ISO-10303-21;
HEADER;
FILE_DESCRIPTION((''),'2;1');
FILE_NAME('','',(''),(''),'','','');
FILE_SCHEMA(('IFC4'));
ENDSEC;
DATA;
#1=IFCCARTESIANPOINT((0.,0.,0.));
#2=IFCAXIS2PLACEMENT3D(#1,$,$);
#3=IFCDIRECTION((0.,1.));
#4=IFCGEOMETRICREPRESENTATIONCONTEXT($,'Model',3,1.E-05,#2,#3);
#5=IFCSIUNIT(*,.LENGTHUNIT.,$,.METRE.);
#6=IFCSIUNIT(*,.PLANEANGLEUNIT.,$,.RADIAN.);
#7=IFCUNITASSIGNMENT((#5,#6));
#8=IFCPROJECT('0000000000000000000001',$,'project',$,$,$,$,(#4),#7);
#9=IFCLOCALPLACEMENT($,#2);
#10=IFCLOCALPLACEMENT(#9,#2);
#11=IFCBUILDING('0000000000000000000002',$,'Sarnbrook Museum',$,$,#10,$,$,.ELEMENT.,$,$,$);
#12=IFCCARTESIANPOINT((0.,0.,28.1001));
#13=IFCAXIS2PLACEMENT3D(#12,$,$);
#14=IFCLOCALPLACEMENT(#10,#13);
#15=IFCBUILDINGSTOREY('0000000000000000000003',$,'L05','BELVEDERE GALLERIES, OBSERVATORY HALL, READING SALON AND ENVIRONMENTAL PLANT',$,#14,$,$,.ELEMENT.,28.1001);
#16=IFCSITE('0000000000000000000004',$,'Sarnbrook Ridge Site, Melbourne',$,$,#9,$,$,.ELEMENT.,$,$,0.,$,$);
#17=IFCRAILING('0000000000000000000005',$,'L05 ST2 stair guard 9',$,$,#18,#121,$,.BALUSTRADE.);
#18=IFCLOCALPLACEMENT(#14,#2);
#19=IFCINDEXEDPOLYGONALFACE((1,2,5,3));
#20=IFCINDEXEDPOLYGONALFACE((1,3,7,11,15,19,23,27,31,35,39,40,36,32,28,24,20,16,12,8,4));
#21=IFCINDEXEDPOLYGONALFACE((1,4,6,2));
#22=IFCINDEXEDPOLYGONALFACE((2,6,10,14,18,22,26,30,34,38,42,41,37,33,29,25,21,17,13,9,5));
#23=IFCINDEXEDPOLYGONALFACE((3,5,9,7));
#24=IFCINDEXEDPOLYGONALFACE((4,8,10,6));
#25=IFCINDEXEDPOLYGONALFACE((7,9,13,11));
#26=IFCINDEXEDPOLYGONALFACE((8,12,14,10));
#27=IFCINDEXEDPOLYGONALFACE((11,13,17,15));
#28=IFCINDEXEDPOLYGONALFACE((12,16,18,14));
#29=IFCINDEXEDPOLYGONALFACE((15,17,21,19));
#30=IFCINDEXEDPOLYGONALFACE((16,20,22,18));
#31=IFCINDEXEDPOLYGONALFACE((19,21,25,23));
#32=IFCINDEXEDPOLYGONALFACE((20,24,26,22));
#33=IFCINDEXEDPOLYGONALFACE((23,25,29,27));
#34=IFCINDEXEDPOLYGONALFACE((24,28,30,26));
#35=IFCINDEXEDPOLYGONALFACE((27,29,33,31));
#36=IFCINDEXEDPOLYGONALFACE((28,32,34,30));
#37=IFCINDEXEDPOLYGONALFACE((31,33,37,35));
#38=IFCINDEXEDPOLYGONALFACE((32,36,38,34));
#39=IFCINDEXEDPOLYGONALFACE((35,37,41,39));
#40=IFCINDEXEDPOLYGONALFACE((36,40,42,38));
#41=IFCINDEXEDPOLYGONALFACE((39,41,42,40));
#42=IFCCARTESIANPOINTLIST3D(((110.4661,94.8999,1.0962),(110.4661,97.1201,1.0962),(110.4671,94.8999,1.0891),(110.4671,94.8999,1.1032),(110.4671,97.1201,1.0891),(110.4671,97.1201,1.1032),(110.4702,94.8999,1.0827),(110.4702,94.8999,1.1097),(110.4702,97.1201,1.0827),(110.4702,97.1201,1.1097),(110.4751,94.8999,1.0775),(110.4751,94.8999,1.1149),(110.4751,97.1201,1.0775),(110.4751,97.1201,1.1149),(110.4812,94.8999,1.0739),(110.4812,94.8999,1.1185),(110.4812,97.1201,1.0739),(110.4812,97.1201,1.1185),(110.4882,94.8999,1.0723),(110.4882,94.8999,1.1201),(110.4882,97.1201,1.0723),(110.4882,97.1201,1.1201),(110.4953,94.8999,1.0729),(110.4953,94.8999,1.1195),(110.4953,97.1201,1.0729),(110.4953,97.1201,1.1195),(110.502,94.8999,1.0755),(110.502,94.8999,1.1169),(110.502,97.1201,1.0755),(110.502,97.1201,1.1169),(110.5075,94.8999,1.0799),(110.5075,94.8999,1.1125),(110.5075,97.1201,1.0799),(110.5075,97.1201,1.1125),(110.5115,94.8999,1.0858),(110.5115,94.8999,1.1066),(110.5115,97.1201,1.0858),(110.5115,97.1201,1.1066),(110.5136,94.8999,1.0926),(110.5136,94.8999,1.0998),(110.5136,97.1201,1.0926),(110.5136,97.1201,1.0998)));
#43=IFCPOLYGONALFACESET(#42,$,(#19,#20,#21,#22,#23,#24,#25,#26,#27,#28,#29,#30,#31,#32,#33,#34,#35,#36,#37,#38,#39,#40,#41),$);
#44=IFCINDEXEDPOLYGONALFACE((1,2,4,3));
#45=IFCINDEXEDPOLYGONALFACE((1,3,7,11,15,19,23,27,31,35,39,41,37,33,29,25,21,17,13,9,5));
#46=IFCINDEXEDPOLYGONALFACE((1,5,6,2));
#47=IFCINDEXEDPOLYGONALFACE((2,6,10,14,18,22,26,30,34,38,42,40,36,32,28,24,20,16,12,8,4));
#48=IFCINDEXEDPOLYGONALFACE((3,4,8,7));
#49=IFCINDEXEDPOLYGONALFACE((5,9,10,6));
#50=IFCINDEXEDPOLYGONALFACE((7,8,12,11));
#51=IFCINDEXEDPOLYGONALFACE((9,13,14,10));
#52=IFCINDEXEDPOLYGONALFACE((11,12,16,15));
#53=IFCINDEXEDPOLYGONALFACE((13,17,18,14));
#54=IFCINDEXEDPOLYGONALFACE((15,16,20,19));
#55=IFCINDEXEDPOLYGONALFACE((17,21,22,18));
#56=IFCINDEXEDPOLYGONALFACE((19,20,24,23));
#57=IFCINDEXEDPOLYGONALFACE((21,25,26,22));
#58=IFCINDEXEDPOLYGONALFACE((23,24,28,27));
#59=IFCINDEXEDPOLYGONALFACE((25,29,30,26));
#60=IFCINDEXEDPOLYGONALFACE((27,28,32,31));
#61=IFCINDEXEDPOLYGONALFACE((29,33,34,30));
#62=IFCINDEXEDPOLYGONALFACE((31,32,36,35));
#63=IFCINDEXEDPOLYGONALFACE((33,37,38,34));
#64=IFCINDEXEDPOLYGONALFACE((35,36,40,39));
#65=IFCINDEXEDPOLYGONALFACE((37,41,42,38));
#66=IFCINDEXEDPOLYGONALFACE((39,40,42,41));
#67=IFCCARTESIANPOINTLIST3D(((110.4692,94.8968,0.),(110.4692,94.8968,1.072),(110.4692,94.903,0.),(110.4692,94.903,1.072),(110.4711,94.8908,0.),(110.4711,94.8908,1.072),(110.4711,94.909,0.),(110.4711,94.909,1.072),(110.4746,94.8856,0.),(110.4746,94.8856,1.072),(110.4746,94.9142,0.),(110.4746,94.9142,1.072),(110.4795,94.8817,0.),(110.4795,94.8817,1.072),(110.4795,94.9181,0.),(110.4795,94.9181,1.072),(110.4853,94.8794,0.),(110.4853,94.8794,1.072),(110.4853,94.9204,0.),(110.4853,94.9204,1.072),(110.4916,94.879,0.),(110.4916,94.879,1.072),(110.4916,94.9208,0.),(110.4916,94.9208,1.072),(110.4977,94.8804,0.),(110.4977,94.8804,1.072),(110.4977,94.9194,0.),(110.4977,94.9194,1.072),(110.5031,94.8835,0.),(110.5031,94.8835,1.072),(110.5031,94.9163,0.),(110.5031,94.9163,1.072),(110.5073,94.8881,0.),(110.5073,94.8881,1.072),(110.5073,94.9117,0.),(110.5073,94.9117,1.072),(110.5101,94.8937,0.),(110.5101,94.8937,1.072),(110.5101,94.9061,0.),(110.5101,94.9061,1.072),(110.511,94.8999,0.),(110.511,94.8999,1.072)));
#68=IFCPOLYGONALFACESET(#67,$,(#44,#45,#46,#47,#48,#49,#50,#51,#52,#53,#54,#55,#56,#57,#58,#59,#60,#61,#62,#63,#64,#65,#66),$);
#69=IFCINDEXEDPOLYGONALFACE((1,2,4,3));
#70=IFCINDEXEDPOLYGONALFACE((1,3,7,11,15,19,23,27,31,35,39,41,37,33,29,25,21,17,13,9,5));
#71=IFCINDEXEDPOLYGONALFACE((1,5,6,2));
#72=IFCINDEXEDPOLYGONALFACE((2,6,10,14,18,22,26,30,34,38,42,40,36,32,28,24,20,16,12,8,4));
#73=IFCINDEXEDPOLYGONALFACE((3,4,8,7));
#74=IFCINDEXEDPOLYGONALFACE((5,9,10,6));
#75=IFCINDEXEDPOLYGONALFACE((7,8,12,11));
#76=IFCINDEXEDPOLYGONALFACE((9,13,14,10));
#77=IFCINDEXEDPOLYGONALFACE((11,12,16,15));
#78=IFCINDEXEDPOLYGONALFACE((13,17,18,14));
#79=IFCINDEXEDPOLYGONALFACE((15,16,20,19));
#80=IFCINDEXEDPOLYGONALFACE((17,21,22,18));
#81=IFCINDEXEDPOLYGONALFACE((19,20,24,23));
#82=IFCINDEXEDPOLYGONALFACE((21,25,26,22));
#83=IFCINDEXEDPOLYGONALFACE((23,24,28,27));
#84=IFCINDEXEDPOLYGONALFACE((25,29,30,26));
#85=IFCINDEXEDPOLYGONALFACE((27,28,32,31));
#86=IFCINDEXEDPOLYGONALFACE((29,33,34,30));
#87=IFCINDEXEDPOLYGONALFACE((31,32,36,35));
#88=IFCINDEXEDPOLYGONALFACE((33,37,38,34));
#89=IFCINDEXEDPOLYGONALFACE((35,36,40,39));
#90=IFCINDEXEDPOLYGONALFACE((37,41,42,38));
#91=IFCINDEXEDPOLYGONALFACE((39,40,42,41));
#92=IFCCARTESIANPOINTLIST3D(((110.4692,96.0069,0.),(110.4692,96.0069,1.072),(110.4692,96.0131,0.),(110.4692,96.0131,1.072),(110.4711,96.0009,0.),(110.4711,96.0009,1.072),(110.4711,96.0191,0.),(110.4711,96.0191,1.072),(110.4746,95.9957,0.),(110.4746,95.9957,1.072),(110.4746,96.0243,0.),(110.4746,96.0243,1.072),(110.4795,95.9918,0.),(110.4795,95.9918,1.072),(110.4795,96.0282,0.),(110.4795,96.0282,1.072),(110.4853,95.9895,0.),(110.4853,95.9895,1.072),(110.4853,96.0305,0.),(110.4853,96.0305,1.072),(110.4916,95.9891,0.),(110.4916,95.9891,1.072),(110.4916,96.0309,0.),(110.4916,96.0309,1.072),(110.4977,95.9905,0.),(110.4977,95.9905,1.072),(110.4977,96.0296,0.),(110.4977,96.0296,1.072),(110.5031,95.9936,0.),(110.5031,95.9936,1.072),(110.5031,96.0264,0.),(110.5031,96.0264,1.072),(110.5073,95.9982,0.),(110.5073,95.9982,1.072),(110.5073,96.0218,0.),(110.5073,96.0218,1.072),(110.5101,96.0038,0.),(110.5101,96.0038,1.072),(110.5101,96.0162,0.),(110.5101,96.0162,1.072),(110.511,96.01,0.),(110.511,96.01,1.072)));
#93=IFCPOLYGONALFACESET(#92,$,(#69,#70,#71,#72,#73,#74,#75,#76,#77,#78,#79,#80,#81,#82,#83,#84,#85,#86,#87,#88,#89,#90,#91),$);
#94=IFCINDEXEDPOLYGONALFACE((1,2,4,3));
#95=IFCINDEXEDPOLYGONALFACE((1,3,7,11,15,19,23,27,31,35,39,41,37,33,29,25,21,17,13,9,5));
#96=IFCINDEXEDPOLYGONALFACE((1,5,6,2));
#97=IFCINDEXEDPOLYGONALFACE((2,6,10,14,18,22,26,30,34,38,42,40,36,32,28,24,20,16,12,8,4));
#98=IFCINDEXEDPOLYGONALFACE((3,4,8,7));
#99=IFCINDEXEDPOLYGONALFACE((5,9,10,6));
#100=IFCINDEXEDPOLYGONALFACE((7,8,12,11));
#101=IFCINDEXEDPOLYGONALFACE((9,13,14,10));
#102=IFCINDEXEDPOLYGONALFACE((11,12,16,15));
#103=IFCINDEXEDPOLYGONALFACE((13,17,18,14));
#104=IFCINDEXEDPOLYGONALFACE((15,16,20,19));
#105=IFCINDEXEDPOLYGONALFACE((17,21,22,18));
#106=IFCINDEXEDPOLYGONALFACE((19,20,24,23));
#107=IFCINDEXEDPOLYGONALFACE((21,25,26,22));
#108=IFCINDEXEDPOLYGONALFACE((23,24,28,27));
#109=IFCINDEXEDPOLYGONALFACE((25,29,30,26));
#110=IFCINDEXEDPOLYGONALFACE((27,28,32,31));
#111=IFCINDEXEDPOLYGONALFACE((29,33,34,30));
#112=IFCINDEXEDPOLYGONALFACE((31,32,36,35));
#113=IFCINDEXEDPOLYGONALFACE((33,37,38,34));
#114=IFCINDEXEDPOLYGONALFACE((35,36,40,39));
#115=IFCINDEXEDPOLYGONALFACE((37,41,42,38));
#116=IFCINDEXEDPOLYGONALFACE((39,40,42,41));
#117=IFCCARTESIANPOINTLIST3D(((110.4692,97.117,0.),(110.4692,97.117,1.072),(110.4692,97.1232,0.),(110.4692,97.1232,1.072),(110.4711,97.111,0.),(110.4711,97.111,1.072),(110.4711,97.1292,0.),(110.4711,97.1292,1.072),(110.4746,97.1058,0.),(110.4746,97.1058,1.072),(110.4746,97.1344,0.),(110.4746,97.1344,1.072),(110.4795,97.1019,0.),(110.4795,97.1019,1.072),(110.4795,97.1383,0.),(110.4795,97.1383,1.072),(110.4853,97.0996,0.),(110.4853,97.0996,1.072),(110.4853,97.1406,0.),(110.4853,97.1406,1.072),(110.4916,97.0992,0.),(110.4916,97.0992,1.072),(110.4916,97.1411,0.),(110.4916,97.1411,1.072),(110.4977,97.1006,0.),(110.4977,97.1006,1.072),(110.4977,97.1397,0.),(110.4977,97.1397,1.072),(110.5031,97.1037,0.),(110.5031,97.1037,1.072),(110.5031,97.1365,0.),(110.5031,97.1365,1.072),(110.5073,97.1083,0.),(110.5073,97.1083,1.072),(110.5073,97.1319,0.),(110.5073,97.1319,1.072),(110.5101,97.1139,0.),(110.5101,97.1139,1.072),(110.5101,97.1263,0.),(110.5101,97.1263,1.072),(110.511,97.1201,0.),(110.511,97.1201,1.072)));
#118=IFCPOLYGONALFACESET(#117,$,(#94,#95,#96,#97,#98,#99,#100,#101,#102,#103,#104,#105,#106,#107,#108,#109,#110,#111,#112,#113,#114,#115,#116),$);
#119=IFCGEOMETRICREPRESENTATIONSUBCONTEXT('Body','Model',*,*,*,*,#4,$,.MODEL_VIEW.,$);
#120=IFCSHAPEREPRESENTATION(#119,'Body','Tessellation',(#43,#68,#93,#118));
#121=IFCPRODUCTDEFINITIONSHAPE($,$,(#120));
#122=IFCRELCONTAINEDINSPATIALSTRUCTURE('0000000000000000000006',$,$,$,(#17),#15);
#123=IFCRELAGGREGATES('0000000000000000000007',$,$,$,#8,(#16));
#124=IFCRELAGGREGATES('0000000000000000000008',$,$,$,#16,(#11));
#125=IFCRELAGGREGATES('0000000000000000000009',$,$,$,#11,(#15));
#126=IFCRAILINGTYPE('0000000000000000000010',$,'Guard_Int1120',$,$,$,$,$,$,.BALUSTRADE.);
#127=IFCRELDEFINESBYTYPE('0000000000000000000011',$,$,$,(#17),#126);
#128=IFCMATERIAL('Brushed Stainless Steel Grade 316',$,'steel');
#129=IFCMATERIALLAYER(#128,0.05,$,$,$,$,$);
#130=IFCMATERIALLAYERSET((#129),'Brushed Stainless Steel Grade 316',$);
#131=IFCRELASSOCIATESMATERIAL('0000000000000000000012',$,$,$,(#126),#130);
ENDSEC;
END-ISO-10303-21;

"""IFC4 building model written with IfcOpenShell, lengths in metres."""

from ifc_helpers import new_model, si_unit, direction, frame, origin, origin_2d, place, context, subcontext, project, spatial, circle, extrude, material, layer, layer_set, type_object, element, save


model = new_model("IFC4")

# Units and contexts
model_context = context("Model", 3, precision=1e-05, world=origin(), true_north=direction((0.0, 1.0)))
body_context = subcontext(model_context, "Body", "Model", "MODEL_VIEW")
ifc_project = project(units=[si_unit("LENGTHUNIT", "METRE"), si_unit("PLANEANGLEUNIT", "RADIAN")], contexts=[model_context])

# Site, building, storey
site_placement = place(None, origin())
site = spatial("IfcSite", under=ifc_project, at=site_placement, Name="Sarnbrook Ridge Site, Melbourne", CompositionType="ELEMENT", RefElevation=0.0)
building_placement = place(site_placement, origin())
building = spatial("IfcBuilding", under=site, at=building_placement, Name="Sarnbrook Museum", CompositionType="ELEMENT")
storey_placement = place(building_placement, frame((0.0, 0.0, 28.1001)))
storey = spatial("IfcBuildingStorey", under=building, at=storey_placement, Name="L05", Description="BELVEDERE GALLERIES, OBSERVATORY HALL, READING SALON AND ENVIRONMENTAL PLANT", CompositionType="ELEMENT", Elevation=28.1001)

# Railing
ifc_material_1 = material(Name="Brushed Stainless Steel Grade 316", Category="steel")
ifc_layer_1 = layer(ifc_material_1, 0.05)
ifc_layer_set_1 = layer_set([ifc_layer_1], Name="Brushed Stainless Steel Grade 316")
railing_type_1 = type_object("IfcRailingType", Name="Guard_Int1120", PredefinedType="BALUSTRADE", material=ifc_layer_set_1)
for number, where, name in (
    (1, (110.49, 94.8999, 0.0), "L05 ST2 stair guard 9"),
):
    element("IfcRailing", number, at=place(storey_placement, frame(where)), inside=storey, type_object=railing_type_1, Name=name, PredefinedType="BALUSTRADE", context=body_context, shape_type="SweptSolid", body=[
        extrude(circle(Radius=0.0239, at=origin_2d()), frame((0.0, 0.0, 1.0962), z_axis=(0.0, 1.0, 0.0), x_axis=(-1.0, 0.0, 0.0)), (0.0, 0.0, 1.0), 2.2202),
        extrude(circle(Radius=0.021, at=origin_2d()), origin(), (0.0, 0.0, 1.0), 1.072),
        extrude(circle(Radius=0.021, at=origin_2d()), frame((0.0, 1.1101, 0.0)), (0.0, 0.0, 1.0), 1.072),
        extrude(circle(Radius=0.021, at=origin_2d()), frame((0.0, 2.2202, 0.0)), (0.0, 0.0, 1.0), 1.072),
    ])

save(model, "model.ifc")
